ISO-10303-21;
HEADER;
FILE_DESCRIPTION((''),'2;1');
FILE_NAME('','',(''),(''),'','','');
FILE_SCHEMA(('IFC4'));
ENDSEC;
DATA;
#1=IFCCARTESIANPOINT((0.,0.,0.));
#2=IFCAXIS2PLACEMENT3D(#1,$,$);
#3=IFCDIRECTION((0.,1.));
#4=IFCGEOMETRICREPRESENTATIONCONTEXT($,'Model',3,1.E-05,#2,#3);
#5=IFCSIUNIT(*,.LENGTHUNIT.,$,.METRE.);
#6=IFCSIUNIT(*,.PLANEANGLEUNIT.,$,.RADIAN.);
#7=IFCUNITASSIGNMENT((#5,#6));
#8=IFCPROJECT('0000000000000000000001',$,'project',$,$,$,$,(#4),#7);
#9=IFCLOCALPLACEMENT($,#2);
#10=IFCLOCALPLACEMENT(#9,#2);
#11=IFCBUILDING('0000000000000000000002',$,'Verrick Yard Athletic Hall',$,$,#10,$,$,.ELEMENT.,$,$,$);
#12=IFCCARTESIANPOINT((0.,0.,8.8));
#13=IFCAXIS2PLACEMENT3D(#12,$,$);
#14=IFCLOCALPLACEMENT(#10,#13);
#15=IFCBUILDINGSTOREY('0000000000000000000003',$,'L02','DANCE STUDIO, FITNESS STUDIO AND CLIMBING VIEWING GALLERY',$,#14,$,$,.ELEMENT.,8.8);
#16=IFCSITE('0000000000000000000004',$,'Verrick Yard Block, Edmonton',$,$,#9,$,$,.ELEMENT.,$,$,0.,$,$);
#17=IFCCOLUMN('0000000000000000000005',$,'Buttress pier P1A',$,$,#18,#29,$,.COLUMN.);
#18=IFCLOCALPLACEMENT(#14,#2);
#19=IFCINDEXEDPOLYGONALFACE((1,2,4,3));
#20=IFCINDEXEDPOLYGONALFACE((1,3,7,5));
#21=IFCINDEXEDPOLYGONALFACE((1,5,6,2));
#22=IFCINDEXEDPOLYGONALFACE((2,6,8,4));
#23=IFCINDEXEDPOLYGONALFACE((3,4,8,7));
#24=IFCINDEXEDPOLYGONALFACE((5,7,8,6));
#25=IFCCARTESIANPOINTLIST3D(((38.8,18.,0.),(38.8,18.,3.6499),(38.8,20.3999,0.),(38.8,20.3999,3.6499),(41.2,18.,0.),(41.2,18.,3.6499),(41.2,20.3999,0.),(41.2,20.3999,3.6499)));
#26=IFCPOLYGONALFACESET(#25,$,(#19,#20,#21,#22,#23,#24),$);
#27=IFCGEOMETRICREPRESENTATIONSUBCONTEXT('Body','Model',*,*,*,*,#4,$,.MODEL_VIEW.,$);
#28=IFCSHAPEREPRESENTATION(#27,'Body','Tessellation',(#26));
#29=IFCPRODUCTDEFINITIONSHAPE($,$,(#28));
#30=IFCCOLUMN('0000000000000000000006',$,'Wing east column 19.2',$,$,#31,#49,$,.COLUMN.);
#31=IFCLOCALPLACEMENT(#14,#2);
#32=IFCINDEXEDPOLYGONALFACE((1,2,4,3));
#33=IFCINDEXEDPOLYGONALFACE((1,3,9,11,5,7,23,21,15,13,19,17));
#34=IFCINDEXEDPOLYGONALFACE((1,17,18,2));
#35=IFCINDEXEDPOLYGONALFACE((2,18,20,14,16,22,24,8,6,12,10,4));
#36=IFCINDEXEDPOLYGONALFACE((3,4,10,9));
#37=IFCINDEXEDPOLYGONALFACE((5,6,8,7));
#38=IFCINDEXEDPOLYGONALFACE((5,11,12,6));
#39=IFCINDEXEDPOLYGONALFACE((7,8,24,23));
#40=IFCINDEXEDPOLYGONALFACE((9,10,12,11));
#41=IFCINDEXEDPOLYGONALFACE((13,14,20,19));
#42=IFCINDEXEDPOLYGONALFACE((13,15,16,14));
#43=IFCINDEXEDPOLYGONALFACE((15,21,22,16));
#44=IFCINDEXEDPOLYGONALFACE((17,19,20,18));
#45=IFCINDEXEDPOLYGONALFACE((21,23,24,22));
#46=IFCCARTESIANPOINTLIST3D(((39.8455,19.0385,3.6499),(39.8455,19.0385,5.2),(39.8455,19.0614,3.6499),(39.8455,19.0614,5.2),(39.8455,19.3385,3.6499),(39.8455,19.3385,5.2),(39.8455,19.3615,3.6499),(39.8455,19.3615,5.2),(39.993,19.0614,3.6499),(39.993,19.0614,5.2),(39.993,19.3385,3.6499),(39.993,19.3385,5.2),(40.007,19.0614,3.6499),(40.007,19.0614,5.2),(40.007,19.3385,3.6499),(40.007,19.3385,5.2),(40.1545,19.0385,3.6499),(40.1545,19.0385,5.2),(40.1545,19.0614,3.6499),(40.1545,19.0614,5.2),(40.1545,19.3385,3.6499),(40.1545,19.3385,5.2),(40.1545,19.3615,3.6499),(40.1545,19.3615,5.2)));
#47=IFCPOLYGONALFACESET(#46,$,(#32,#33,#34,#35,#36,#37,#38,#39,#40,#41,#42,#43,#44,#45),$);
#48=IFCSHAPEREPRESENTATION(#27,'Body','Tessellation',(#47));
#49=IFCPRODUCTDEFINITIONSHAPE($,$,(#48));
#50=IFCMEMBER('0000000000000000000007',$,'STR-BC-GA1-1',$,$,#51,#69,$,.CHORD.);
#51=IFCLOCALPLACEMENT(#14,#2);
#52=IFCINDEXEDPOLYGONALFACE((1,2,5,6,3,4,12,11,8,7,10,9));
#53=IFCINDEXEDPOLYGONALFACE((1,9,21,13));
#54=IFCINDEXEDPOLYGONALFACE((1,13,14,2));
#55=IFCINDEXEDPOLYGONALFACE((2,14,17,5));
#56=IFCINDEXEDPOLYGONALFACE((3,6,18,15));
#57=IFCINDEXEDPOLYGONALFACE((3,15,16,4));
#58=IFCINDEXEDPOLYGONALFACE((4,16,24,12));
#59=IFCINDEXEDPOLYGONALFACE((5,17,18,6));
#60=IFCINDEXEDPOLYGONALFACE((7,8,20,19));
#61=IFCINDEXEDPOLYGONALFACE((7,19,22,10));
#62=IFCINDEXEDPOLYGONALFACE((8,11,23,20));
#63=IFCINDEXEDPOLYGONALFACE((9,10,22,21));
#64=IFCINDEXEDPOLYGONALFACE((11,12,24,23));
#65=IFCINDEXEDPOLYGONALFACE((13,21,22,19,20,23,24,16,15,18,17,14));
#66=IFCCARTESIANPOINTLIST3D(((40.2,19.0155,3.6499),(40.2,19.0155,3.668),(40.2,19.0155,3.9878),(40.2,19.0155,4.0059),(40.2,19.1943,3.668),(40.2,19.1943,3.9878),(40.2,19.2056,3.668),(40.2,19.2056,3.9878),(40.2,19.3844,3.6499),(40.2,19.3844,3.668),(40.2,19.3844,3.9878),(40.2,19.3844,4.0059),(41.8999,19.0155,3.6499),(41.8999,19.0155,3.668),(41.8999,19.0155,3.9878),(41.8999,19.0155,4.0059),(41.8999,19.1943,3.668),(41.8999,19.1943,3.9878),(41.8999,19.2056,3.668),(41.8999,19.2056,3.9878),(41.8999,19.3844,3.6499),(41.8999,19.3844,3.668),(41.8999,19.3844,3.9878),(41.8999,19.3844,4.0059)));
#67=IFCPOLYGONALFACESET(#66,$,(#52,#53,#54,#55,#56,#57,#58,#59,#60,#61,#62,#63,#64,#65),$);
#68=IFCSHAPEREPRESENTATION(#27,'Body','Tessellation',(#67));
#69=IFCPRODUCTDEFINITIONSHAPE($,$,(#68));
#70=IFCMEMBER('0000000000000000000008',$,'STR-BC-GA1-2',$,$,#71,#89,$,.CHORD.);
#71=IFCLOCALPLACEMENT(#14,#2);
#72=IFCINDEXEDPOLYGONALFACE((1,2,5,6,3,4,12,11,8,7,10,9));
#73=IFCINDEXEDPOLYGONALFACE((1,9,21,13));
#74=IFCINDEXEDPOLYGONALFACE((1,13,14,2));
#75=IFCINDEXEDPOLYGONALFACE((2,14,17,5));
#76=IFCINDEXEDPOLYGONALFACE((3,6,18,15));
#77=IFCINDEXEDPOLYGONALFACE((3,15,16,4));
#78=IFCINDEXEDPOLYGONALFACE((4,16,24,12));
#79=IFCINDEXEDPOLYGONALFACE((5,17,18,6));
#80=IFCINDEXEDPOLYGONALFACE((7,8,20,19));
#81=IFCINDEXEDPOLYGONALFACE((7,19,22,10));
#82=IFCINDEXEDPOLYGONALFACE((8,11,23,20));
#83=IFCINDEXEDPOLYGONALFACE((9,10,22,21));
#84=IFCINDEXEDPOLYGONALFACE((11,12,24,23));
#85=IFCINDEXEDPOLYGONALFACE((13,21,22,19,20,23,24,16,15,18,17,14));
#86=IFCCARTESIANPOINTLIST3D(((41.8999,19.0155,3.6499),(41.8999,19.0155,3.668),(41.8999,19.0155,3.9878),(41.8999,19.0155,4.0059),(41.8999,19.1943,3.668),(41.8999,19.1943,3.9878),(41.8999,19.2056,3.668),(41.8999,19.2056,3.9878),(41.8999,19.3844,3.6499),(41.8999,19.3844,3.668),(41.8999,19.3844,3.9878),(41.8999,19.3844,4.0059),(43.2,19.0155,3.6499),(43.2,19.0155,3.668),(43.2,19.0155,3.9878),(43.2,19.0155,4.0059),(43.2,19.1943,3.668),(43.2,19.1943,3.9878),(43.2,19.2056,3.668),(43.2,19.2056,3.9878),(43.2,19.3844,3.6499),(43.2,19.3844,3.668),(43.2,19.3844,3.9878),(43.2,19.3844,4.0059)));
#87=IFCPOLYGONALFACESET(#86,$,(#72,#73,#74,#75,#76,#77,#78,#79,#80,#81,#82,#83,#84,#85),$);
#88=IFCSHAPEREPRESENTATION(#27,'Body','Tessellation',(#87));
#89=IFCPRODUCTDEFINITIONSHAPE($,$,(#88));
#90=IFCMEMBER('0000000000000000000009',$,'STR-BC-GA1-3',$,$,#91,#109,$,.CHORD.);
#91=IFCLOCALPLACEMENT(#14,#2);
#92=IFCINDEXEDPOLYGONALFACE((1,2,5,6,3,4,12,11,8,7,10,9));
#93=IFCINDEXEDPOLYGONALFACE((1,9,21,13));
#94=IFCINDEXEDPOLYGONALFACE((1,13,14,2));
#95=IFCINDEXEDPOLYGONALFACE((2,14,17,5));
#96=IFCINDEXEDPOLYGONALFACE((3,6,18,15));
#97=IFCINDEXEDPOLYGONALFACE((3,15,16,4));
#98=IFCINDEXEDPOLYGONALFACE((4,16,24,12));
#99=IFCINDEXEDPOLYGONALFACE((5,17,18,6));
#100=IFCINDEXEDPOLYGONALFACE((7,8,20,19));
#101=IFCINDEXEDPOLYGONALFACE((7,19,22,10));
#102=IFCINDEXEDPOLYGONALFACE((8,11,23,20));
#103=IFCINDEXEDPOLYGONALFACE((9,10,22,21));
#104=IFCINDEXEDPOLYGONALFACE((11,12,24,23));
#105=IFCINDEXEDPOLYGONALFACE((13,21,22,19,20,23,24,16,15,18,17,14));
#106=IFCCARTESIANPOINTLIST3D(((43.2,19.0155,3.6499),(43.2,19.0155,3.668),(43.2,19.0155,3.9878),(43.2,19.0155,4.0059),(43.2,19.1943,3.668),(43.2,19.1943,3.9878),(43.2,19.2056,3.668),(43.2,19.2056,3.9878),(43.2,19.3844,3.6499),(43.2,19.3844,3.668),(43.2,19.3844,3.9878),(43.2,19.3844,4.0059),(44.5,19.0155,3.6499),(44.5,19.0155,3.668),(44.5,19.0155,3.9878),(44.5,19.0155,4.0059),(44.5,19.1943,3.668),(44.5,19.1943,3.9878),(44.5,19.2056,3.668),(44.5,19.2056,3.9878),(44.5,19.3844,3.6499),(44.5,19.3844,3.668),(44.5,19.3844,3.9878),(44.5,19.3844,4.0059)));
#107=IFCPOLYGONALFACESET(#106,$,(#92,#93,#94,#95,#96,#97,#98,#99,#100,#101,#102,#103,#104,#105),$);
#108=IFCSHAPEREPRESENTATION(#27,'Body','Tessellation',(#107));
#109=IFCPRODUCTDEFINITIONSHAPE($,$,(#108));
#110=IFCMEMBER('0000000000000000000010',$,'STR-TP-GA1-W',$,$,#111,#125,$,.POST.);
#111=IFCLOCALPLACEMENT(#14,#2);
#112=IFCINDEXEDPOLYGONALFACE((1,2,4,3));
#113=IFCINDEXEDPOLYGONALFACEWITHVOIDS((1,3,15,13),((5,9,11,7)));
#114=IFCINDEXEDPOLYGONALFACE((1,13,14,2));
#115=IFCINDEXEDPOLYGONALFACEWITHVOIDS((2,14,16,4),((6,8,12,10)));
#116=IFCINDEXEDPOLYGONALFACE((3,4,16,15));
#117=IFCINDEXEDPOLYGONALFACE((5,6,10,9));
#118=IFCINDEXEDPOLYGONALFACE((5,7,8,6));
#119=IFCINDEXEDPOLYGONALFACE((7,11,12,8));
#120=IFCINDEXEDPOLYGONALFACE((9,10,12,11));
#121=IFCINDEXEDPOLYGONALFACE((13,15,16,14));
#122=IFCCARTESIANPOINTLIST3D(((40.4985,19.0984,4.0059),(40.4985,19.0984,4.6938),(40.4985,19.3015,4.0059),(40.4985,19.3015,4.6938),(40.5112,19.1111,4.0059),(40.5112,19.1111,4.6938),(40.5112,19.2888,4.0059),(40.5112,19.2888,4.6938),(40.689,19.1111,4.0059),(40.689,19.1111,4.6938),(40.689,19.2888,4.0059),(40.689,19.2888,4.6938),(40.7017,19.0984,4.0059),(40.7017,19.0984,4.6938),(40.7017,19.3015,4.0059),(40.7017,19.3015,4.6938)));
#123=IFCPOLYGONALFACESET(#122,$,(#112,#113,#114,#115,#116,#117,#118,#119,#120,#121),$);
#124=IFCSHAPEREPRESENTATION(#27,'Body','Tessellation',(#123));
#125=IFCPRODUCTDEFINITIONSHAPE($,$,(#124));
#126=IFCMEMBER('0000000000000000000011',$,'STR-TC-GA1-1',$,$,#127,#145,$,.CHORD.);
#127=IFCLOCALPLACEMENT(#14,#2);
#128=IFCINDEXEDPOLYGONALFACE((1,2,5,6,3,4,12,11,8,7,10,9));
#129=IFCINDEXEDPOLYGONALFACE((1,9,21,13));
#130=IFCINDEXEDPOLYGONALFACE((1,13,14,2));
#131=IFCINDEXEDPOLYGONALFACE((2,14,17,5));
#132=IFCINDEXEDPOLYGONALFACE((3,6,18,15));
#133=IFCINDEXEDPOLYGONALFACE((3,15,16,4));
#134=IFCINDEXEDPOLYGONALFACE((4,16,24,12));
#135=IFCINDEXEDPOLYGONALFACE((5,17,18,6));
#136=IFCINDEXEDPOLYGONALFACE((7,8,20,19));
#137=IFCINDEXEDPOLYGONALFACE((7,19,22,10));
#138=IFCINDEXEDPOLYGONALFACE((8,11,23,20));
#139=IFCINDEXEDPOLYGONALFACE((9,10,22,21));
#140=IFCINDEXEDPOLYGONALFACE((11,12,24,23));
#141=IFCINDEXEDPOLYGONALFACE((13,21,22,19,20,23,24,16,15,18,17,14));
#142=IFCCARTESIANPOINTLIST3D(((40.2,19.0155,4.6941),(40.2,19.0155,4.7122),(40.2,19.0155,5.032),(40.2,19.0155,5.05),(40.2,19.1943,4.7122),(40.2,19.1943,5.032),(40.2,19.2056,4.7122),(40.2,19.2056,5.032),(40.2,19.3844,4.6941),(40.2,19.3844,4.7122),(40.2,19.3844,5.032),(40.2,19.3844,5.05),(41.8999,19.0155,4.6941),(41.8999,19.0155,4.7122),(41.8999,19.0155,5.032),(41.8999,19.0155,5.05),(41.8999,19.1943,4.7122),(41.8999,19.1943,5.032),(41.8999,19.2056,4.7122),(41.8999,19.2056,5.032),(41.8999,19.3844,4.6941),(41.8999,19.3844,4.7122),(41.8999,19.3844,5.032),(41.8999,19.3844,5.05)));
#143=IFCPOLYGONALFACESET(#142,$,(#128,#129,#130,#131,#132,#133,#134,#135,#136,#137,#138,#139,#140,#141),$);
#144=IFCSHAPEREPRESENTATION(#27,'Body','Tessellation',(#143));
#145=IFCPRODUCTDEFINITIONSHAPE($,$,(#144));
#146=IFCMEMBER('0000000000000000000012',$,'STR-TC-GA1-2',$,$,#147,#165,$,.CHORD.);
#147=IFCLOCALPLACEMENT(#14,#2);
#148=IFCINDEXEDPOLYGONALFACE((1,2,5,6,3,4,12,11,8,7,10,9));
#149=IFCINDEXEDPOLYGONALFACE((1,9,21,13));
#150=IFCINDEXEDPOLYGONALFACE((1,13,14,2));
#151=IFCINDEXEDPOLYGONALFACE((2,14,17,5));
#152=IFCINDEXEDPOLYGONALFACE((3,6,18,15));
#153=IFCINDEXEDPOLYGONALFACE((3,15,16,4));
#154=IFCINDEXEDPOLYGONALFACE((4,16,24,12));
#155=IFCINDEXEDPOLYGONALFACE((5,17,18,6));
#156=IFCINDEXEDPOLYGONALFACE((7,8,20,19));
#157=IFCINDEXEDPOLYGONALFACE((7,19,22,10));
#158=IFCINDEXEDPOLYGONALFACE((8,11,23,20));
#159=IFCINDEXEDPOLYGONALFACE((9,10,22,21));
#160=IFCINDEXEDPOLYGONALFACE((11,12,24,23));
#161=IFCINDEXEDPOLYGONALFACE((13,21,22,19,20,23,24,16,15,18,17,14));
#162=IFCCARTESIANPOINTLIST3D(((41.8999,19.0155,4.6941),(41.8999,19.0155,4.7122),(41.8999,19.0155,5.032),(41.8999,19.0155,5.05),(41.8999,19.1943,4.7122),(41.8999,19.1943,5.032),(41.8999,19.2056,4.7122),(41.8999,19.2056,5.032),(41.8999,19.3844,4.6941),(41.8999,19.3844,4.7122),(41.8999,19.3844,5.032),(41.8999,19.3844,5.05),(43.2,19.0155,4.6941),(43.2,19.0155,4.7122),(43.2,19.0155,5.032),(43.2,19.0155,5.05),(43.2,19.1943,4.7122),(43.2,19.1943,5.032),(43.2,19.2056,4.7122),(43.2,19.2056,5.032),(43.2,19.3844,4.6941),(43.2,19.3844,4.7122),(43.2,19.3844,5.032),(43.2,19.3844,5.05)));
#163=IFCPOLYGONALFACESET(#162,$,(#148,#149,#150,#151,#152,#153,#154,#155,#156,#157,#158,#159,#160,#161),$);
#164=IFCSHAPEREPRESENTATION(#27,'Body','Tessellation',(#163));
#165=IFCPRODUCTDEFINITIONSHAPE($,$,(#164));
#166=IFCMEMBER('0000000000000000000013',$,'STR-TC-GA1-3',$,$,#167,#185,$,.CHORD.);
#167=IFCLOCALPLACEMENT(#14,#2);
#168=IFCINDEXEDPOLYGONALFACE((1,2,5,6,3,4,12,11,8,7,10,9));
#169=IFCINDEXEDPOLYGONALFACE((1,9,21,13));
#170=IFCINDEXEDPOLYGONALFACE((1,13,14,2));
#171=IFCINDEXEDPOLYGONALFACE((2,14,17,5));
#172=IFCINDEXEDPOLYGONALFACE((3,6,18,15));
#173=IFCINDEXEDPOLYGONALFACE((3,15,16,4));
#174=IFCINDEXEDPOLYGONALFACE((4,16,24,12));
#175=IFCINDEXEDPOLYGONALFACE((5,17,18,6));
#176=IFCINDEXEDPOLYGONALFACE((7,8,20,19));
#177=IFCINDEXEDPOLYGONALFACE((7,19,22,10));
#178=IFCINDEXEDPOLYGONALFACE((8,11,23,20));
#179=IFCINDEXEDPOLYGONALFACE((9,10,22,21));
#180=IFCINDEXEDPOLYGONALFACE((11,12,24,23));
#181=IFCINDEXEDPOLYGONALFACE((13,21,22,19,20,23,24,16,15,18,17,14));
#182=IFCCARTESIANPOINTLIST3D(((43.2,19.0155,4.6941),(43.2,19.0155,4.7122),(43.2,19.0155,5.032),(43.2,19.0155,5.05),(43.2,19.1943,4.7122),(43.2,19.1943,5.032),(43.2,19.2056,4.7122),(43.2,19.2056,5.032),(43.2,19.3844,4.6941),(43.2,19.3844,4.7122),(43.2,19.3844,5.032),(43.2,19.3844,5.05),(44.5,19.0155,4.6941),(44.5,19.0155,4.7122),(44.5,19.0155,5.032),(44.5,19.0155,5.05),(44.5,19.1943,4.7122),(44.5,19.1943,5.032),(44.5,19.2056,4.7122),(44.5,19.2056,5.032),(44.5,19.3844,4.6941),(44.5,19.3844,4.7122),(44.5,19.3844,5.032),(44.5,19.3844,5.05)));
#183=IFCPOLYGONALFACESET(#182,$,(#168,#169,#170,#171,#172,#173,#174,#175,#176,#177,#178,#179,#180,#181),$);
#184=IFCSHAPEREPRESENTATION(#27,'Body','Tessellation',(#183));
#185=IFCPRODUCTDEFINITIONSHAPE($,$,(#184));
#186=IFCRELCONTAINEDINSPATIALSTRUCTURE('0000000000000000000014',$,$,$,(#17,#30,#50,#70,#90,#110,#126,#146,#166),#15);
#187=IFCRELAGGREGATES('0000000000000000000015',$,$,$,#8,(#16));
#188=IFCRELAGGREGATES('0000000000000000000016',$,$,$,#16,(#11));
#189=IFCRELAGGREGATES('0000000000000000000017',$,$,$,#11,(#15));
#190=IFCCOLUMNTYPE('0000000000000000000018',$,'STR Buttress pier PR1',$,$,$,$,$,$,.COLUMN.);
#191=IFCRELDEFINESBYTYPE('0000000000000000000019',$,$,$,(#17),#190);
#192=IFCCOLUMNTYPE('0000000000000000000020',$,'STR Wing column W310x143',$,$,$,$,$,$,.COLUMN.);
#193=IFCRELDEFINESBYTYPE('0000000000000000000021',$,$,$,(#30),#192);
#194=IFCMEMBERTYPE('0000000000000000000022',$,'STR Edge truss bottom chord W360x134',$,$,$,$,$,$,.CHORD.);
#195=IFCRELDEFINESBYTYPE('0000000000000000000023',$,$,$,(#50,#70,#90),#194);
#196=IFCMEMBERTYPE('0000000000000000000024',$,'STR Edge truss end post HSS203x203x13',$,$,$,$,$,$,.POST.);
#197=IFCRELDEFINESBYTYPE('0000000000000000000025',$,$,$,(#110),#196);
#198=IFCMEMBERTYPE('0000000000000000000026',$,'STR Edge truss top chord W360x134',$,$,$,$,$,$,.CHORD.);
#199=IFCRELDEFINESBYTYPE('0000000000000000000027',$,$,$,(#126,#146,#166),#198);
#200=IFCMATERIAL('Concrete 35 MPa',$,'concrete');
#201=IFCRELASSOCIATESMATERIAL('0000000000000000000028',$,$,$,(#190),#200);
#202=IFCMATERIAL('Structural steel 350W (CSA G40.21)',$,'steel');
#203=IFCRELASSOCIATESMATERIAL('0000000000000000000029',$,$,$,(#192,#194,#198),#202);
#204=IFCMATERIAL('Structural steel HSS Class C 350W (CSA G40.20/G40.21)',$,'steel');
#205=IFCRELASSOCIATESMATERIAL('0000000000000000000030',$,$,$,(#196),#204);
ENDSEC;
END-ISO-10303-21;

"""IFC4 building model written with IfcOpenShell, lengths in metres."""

from ifc_helpers import new_model, si_unit, direction, frame, origin, origin_2d, place, context, subcontext, project, spatial, rectangle, hollow_rectangle, i_section, extrude, material, material_profile, profile_set, type_object, element, save


model = new_model("IFC4")

# Units and contexts
model_context = context("Model", 3, precision=1e-05, world=origin(), true_north=direction((0.0, 1.0)))
body_context = subcontext(model_context, "Body", "Model", "MODEL_VIEW")
ifc_project = project(units=[si_unit("LENGTHUNIT", "METRE"), si_unit("PLANEANGLEUNIT", "RADIAN")], contexts=[model_context])

# Site, building, storey
site_placement = place(None, origin())
site = spatial("IfcSite", under=ifc_project, at=site_placement, Name="Verrick Yard Block, Edmonton", CompositionType="ELEMENT", RefElevation=0.0)
building_placement = place(site_placement, origin())
building = spatial("IfcBuilding", under=site, at=building_placement, Name="Verrick Yard Athletic Hall", CompositionType="ELEMENT")
storey_placement = place(building_placement, frame((0.0, 0.0, 8.8)))
storey = spatial("IfcBuildingStorey", under=building, at=storey_placement, Name="L02", Description="DANCE STUDIO, FITNESS STUDIO AND CLIMBING VIEWING GALLERY", CompositionType="ELEMENT", Elevation=8.8)

# Columns
ifc_material_1 = material(Name="Concrete 35 MPa", Category="concrete")
ifc_material_profile_1 = material_profile(ifc_material_1, rectangle(XDim=2.3999, YDim=2.3999, at=origin_2d()), Name="STR Buttress pier PR1")
ifc_profile_set_1 = profile_set([ifc_material_profile_1], Name="Concrete 35 MPa")
column_type_1 = type_object("IfcColumnType", Name="STR Buttress pier PR1", PredefinedType="COLUMN", material=ifc_profile_set_1)
column_1_placement = place(storey_placement, frame((40.0, 19.2, 0.0), z_axis=(0.0, 0.0, 1.0), x_axis=(1.0, 0.0, 0.0)))
element("IfcColumn", 1, at=column_1_placement, inside=storey, type_object=column_type_1, Name="Buttress pier P1A", PredefinedType="COLUMN", context=body_context, shape_type="SweptSolid", body=[
    extrude(rectangle(XDim=2.3999, YDim=2.3999, at=origin_2d()), origin(), (0.0, 0.0, 1.0), 3.6499),
])
ifc_material_2 = material(Name="Structural steel 350W (CSA G40.21)", Category="steel")
ifc_material_profile_2 = material_profile(ifc_material_2, i_section(OverallWidth=0.3091, OverallDepth=0.323, WebThickness=0.0139, FlangeThickness=0.0229, at=origin_2d()), Name="W310x143")
ifc_profile_set_2 = profile_set([ifc_material_profile_2], Name="Structural steel 350W (CSA G40.21)")
column_type_2 = type_object("IfcColumnType", Name="STR Wing column W310x143", PredefinedType="COLUMN", material=ifc_profile_set_2)
column_2_placement = place(storey_placement, frame((40.0, 19.2, 3.6499), z_axis=(0.0, 0.0, 1.0), x_axis=(1.0, 0.0, 0.0)))
element("IfcColumn", 2, at=column_2_placement, inside=storey, type_object=column_type_2, Name="Wing east column 19.2", PredefinedType="COLUMN", context=body_context, shape_type="SweptSolid", body=[
    extrude(i_section(OverallWidth=0.3091, OverallDepth=0.323, WebThickness=0.0139, FlangeThickness=0.0229, at=origin_2d()), origin(), (0.0, 0.0, 1.0), 1.55),
])

# Members
ifc_material_profile_3 = material_profile(ifc_material_2, i_section(OverallWidth=0.3689, OverallDepth=0.356, WebThickness=0.0112, FlangeThickness=0.0181, at=origin_2d()), Name="W360x134")
ifc_profile_set_3 = profile_set([ifc_material_profile_3], Name="Structural steel 350W (CSA G40.21)")
member_type_1 = type_object("IfcMemberType", Name="STR Edge truss bottom chord W360x134", PredefinedType="CHORD", material=ifc_profile_set_3)
member_1_placement = place(storey_placement, frame((40.2, 19.2, 3.8279), z_axis=(1.0, 0.0, 0.0), x_axis=(0.0, 1.0, 0.0)))
element("IfcMember", 3, at=member_1_placement, inside=storey, type_object=member_type_1, Name="STR-BC-GA1-1", PredefinedType="CHORD", context=body_context, shape_type="SweptSolid", body=[
    extrude(i_section(OverallWidth=0.3689, OverallDepth=0.356, WebThickness=0.0112, FlangeThickness=0.0181, at=origin_2d()), origin(), (0.0, 0.0, 1.0), 1.7),
])
for number, where, z_axis, x_axis, name in (
    (4, (41.8999, 19.2, 3.8279), (1.0, 0.0, 0.0), (0.0, 1.0, 0.0), "STR-BC-GA1-2"),
    (5, (43.2, 19.2, 3.8279), (1.0, 0.0, 0.0), (0.0, 1.0, 0.0), "STR-BC-GA1-3"),
):
    element("IfcMember", number, at=place(storey_placement, frame(where, z_axis=z_axis, x_axis=x_axis)), inside=storey, type_object=member_type_1, Name=name, PredefinedType="CHORD", context=body_context, shape_type="SweptSolid", body=[
        extrude(i_section(OverallWidth=0.3689, OverallDepth=0.356, WebThickness=0.0112, FlangeThickness=0.0181, at=origin_2d()), origin(), (0.0, 0.0, 1.0), 1.3),
    ])
ifc_material_3 = material(Name="Structural steel HSS Class C 350W (CSA G40.20/G40.21)", Category="steel")
ifc_material_profile_4 = material_profile(ifc_material_3, hollow_rectangle(XDim=0.2031, YDim=0.2031, WallThickness=0.0127, at=origin_2d()), Name="HSS203x203x13")
ifc_profile_set_4 = profile_set([ifc_material_profile_4], Name="Structural steel HSS Class C 350W (CSA G40.20/G40.21)")
member_type_2 = type_object("IfcMemberType", Name="STR Edge truss end post HSS203x203x13", PredefinedType="POST", material=ifc_profile_set_4)
member_2_placement = place(storey_placement, frame((40.6001, 19.2, 4.0059), z_axis=(0.0, 0.0, 1.0), x_axis=(1.0, 0.0, 0.0)))
element("IfcMember", 6, at=member_2_placement, inside=storey, type_object=member_type_2, Name="STR-TP-GA1-W", PredefinedType="POST", context=body_context, shape_type="SweptSolid", body=[
    extrude(hollow_rectangle(XDim=0.2031, YDim=0.2031, WallThickness=0.0127, at=origin_2d()), origin(), (0.0, 0.0, 1.0), 0.688),
])
ifc_material_profile_5 = material_profile(ifc_material_2, i_section(OverallWidth=0.3689, OverallDepth=0.356, WebThickness=0.0112, FlangeThickness=0.0181, at=origin_2d()), Name="W360x134")
ifc_profile_set_5 = profile_set([ifc_material_profile_5], Name="Structural steel 350W (CSA G40.21)")
member_type_3 = type_object("IfcMemberType", Name="STR Edge truss top chord W360x134", PredefinedType="CHORD", material=ifc_profile_set_5)
member_3_placement = place(storey_placement, frame((40.2, 19.2, 4.8721), z_axis=(1.0, 0.0, 0.0), x_axis=(0.0, 1.0, 0.0)))
element("IfcMember", 7, at=member_3_placement, inside=storey, type_object=member_type_3, Name="STR-TC-GA1-1", PredefinedType="CHORD", context=body_context, shape_type="SweptSolid", body=[
    extrude(i_section(OverallWidth=0.3689, OverallDepth=0.356, WebThickness=0.0112, FlangeThickness=0.0181, at=origin_2d()), origin(), (0.0, 0.0, 1.0), 1.7),
])
for number, where, z_axis, x_axis, name in (
    (8, (41.8999, 19.2, 4.8721), (1.0, 0.0, 0.0), (0.0, 1.0, 0.0), "STR-TC-GA1-2"),
    (9, (43.2, 19.2, 4.8721), (1.0, 0.0, 0.0), (0.0, 1.0, 0.0), "STR-TC-GA1-3"),
):
    element("IfcMember", number, at=place(storey_placement, frame(where, z_axis=z_axis, x_axis=x_axis)), inside=storey, type_object=member_type_3, Name=name, PredefinedType="CHORD", context=body_context, shape_type="SweptSolid", body=[
        extrude(i_section(OverallWidth=0.3689, OverallDepth=0.356, WebThickness=0.0112, FlangeThickness=0.0181, at=origin_2d()), origin(), (0.0, 0.0, 1.0), 1.3),
    ])

save(model, "model.ifc")
